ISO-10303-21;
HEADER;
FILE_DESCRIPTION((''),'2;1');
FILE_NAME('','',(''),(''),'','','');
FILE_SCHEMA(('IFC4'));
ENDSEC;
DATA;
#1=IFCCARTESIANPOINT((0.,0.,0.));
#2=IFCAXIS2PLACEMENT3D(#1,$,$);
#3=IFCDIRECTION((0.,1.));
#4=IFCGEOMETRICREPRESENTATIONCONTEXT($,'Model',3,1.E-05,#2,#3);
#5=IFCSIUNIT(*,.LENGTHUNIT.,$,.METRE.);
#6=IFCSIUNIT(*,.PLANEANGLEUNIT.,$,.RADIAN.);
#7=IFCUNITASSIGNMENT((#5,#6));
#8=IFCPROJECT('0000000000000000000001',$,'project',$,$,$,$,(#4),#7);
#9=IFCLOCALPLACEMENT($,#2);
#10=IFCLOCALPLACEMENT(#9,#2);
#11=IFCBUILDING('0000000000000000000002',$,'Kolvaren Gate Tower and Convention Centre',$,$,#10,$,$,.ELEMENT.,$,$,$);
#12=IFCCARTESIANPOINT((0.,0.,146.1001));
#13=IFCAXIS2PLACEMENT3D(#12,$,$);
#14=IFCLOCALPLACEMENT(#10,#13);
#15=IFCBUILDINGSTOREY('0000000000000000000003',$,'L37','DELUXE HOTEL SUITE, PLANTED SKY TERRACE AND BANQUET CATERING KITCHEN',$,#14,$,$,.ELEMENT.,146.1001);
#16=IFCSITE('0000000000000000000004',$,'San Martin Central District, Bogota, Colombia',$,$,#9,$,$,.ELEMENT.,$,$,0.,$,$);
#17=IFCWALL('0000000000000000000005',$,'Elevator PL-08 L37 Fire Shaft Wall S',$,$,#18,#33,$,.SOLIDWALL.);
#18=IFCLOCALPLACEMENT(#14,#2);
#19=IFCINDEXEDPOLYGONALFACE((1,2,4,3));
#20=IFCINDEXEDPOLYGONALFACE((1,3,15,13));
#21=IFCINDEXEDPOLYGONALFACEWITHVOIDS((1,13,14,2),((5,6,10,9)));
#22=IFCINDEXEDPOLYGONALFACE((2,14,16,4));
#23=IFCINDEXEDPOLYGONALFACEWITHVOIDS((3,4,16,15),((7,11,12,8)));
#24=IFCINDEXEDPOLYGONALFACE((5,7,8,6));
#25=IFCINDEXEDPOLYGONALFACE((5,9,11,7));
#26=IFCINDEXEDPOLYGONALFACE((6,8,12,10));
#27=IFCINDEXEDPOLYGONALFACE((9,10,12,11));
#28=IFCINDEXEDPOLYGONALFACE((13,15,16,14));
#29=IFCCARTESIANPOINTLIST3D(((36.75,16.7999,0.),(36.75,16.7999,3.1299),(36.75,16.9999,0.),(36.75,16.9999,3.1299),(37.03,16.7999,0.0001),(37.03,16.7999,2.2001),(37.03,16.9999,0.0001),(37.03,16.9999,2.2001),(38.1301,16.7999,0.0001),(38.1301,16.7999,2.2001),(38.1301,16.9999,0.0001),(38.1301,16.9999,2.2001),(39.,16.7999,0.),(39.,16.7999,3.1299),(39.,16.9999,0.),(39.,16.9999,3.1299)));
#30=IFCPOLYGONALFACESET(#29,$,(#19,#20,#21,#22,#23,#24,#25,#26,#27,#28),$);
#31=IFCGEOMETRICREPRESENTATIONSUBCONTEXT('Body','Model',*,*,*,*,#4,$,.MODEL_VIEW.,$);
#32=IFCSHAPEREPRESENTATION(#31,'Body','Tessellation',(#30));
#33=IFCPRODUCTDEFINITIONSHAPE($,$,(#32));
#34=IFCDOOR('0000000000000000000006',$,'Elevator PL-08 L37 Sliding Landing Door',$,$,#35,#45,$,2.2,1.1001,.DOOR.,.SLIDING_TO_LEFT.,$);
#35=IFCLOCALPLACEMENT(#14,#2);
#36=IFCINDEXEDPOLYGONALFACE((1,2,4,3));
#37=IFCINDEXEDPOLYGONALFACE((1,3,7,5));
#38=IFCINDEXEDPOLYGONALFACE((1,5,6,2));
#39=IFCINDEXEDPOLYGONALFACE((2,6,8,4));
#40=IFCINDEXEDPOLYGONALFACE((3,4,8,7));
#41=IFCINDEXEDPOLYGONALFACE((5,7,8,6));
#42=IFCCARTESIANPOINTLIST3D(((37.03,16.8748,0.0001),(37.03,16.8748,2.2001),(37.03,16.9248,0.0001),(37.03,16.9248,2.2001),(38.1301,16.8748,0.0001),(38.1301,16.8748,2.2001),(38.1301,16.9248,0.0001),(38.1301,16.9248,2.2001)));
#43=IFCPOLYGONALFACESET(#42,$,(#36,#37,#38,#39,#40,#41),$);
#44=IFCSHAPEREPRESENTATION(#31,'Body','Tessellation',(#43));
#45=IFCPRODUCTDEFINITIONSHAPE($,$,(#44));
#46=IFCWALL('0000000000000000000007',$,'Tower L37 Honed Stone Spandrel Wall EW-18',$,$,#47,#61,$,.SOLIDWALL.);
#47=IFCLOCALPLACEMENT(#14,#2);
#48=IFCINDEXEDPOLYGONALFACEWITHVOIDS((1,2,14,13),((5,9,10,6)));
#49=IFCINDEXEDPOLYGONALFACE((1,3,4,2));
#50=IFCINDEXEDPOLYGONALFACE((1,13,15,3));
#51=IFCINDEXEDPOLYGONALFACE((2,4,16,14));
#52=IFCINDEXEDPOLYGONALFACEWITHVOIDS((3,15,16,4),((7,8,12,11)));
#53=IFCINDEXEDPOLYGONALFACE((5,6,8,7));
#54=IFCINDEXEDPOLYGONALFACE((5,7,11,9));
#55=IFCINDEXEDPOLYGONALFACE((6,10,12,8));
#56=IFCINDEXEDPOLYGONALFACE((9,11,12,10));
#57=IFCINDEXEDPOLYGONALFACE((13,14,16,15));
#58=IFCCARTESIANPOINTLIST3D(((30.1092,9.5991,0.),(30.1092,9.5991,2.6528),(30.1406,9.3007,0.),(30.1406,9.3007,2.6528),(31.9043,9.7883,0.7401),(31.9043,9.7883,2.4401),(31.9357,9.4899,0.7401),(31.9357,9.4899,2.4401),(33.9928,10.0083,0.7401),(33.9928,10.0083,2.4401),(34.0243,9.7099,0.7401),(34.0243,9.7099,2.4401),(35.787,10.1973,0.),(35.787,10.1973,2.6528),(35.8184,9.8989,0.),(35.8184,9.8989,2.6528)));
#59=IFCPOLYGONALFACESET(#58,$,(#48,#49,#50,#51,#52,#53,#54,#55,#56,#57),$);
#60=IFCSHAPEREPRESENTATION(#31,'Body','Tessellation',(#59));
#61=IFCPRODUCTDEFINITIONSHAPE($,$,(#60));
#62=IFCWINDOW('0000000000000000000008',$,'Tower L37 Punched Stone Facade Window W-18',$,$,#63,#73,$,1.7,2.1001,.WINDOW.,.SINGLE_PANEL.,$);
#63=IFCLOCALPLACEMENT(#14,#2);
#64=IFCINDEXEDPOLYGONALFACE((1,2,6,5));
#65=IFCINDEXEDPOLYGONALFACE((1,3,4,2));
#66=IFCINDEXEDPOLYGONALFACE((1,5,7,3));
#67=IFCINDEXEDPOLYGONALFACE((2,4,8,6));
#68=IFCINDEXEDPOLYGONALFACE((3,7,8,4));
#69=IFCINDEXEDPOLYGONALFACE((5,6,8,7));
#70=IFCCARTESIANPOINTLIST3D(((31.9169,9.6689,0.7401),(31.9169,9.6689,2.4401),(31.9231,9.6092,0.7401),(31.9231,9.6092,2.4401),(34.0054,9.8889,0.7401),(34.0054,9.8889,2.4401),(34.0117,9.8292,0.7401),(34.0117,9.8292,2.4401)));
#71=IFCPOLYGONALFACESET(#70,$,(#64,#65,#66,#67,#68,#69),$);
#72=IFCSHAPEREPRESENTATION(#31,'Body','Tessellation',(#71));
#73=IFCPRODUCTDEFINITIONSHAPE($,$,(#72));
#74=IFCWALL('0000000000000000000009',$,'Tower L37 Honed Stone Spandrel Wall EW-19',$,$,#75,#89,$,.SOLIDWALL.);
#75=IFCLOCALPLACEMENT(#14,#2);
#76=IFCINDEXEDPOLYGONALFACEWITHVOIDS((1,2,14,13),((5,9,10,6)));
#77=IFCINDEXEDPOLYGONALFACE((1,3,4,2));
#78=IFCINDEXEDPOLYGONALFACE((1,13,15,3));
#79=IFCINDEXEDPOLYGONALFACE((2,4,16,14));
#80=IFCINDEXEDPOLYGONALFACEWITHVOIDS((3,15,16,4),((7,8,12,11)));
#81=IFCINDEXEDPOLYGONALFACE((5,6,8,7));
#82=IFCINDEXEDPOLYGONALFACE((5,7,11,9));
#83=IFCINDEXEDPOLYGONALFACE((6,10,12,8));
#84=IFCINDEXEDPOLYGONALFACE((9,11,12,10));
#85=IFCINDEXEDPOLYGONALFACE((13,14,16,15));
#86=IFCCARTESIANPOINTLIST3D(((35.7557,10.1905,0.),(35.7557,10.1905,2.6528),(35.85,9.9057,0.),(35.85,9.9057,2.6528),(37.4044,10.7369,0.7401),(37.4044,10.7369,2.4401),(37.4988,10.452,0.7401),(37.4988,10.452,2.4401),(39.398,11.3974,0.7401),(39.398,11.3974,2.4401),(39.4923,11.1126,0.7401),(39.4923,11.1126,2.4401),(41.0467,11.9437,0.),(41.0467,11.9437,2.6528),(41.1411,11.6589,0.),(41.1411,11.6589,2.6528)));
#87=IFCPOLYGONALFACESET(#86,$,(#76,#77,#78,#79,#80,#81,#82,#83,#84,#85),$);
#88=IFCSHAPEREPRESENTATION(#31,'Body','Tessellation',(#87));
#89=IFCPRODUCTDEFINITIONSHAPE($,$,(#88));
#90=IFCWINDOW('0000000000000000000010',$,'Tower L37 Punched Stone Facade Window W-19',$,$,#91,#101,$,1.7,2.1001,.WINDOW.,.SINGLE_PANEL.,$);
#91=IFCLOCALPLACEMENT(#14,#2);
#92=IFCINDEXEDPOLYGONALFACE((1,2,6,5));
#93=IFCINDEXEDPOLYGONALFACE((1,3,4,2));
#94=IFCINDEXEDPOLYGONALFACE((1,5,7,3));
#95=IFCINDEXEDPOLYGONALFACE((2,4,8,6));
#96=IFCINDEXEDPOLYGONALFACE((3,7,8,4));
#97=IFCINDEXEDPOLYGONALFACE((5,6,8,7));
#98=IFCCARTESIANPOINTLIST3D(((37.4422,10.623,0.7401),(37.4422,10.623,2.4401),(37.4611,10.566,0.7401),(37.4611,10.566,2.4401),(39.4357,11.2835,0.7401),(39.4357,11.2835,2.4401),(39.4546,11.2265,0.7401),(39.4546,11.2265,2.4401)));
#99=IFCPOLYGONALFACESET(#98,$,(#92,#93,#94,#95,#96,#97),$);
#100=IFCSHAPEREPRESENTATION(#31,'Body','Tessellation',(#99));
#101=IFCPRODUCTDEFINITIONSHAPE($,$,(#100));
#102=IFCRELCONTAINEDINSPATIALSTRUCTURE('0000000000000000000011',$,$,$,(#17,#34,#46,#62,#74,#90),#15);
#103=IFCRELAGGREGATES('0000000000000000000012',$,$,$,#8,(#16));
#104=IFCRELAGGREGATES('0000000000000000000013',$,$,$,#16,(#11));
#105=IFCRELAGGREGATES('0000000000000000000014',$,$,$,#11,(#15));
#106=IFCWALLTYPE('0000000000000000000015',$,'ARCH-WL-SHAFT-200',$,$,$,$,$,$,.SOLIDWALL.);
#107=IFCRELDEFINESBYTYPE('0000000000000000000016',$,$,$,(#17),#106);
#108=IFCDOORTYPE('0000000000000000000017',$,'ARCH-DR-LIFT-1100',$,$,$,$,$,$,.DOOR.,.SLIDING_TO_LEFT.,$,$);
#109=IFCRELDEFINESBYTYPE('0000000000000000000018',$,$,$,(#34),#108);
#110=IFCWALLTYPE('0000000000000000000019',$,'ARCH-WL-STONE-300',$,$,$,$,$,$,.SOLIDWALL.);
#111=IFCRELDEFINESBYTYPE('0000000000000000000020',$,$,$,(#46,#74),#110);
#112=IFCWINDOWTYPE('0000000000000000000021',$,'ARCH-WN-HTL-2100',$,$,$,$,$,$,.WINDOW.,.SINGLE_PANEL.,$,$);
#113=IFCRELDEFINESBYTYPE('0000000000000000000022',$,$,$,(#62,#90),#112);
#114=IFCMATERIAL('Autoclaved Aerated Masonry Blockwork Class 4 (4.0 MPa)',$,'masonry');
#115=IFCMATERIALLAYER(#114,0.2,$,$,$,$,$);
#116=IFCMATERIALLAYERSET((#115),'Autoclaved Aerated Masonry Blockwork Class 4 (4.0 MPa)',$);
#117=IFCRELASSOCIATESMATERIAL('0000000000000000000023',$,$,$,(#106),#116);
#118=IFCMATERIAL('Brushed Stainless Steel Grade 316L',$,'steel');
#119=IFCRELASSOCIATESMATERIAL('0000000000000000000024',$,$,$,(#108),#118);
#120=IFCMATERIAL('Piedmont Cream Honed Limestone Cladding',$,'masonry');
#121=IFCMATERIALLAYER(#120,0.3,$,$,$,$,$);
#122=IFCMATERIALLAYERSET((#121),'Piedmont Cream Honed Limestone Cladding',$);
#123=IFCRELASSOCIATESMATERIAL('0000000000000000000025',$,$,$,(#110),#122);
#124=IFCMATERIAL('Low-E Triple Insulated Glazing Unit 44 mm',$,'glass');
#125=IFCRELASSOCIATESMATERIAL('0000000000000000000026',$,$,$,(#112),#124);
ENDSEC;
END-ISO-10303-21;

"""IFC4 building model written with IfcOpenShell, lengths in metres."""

from ifc_helpers import new_model, si_unit, direction, frame, frame_2d, origin, place, context, subcontext, project, spatial, rectangle, extrude, material, layer, layer_set, type_object, element, fill, save


model = new_model("IFC4")

# Units and contexts
model_context = context("Model", 3, precision=1e-05, world=origin(), true_north=direction((0.0, 1.0)))
body_context = subcontext(model_context, "Body", "Model", "MODEL_VIEW")
ifc_project = project(units=[si_unit("LENGTHUNIT", "METRE"), si_unit("PLANEANGLEUNIT", "RADIAN")], contexts=[model_context])

# Site, building, storey
site_placement = place(None, origin())
site = spatial("IfcSite", under=ifc_project, at=site_placement, Name="San Martin Central District, Bogota, Colombia", CompositionType="ELEMENT", RefElevation=0.0)
building_placement = place(site_placement, origin())
building = spatial("IfcBuilding", under=site, at=building_placement, Name="Kolvaren Gate Tower and Convention Centre", CompositionType="ELEMENT")
storey_placement = place(building_placement, frame((0.0, 0.0, 146.1001)))
storey = spatial("IfcBuildingStorey", under=building, at=storey_placement, Name="L37", Description="DELUXE HOTEL SUITE, PLANTED SKY TERRACE AND BANQUET CATERING KITCHEN", CompositionType="ELEMENT", Elevation=146.1001)

# Wall, opening, door
ifc_material_1 = material(Name="Autoclaved Aerated Masonry Blockwork Class 4 (4.0 MPa)", Category="masonry")
ifc_layer_1 = layer(ifc_material_1, 0.2)
ifc_layer_set_1 = layer_set([ifc_layer_1], Name="Autoclaved Aerated Masonry Blockwork Class 4 (4.0 MPa)")
wall_type_1 = type_object("IfcWallType", Name="ARCH-WL-SHAFT-200", PredefinedType="SOLIDWALL", material=ifc_layer_set_1)
ifc_material_2 = material(Name="Brushed Stainless Steel Grade 316L", Category="steel")
door_type_1 = type_object("IfcDoorType", Name="ARCH-DR-LIFT-1100", OperationType="SLIDING_TO_LEFT", PredefinedType="DOOR", material=ifc_material_2)
wall_1_placement = place(storey_placement, frame((36.75, 16.8999, 0.0), z_axis=(0.0, 0.0, 1.0), x_axis=(1.0, 0.0, 0.0)))
wall_1 = element("IfcWall", 1, at=wall_1_placement, inside=storey, type_object=wall_type_1, Name="Elevator PL-08 L37 Fire Shaft Wall S", PredefinedType="SOLIDWALL", context=body_context, shape_type="SweptSolid", body=[
    extrude(rectangle(XDim=2.25, YDim=0.2, at=frame_2d((1.125, 0.0))), origin(), (0.0, 0.0, 1.0), 3.1299),
])
opening_1_placement = place(wall_1_placement, frame((0.28, 0.0, 0.0)))
opening_1 = element("IfcOpeningElement", 2, at=opening_1_placement, cuts=wall_1, PredefinedType="OPENING", context=body_context, shape_type="SweptSolid", body=[
    extrude(rectangle(XDim=1.1001, YDim=2.2, at=frame_2d((0.55, 1.1001))), frame((0.0, 0.1099, 0.0), z_axis=(0.0, -1.0, 0.0), x_axis=(1.0, 0.0, 0.0)), (0.0, 0.0, 1.0), 0.22),
])
door_1_placement = place(opening_1_placement, origin())
door_1 = element("IfcDoor", 3, at=door_1_placement, inside=storey, type_object=door_type_1, Name="Elevator PL-08 L37 Sliding Landing Door", OperationType="SLIDING_TO_LEFT", OverallHeight=2.2, OverallWidth=1.1001, PredefinedType="DOOR", context=body_context, shape_type="SweptSolid", body=[
    extrude(rectangle(XDim=1.1001, YDim=2.2, at=frame_2d((0.55, 1.1001))), frame((0.0, 0.0249, 0.0), z_axis=(0.0, -1.0, 0.0), x_axis=(1.0, 0.0, 0.0)), (0.0, 0.0, 1.0), 0.05),
])
fill(opening_1, door_1)

# Walls, openings, windows
ifc_material_3 = material(Name="Piedmont Cream Honed Limestone Cladding", Category="masonry")
ifc_layer_2 = layer(ifc_material_3, 0.3)
ifc_layer_set_2 = layer_set([ifc_layer_2], Name="Piedmont Cream Honed Limestone Cladding")
wall_type_2 = type_object("IfcWallType", Name="ARCH-WL-STONE-300", PredefinedType="SOLIDWALL", material=ifc_layer_set_2)
wall_2_placement = place(storey_placement, frame((30.125, 9.45, 0.0), z_axis=(0.0, 0.0, 1.0), x_axis=(0.994497, 0.104769, 0.0)))
wall_2 = element("IfcWall", 4, at=wall_2_placement, inside=storey, type_object=wall_type_2, Name="Tower L37 Honed Stone Spandrel Wall EW-18", PredefinedType="SOLIDWALL", context=body_context, shape_type="SweptSolid", body=[
    extrude(rectangle(XDim=5.7092, YDim=0.3, at=frame_2d((2.8545, 0.0))), origin(), (0.0, 0.0, 1.0), 2.6528),
])
opening_2_placement = place(wall_2_placement, frame((1.8049, 0.0, 0.74)))
opening_2 = element("IfcOpeningElement", 5, at=opening_2_placement, cuts=wall_2, PredefinedType="OPENING", context=body_context, shape_type="SweptSolid", body=[
    extrude(rectangle(XDim=2.1001, YDim=1.7, at=frame_2d((1.05, 0.8501))), frame((0.0, 0.1599, 0.0), z_axis=(0.0, -1.0, 0.0), x_axis=(1.0, 0.0, 0.0)), (0.0, 0.0, 1.0), 0.3201),
])
ifc_material_4 = material(Name="Low-E Triple Insulated Glazing Unit 44 mm", Category="glass")
window_type = type_object("IfcWindowType", Name="ARCH-WN-HTL-2100", PartitioningType="SINGLE_PANEL", PredefinedType="WINDOW", material=ifc_material_4)
window_1_placement = place(opening_2_placement, origin())
window_1 = element("IfcWindow", 6, at=window_1_placement, inside=storey, type_object=window_type, Name="Tower L37 Punched Stone Facade Window W-18", OverallHeight=1.7, OverallWidth=2.1001, PartitioningType="SINGLE_PANEL", PredefinedType="WINDOW", context=body_context, shape_type="SweptSolid", body=[
    extrude(rectangle(XDim=2.1001, YDim=1.7, at=frame_2d((1.05, 0.8501))), frame((0.0, 0.03, 0.0), z_axis=(0.0, -1.0, 0.0), x_axis=(1.0, 0.0, 0.0)), (0.0, 0.0, 1.0), 0.0601),
])
fill(opening_2, window_1)
wall_3_placement = place(storey_placement, frame((35.8027, 10.0481, 0.0), z_axis=(0.0, 0.0, 1.0), x_axis=(0.949247, 0.314532, 0.0)))
wall_3 = element("IfcWall", 7, at=wall_3_placement, inside=storey, type_object=wall_type_2, Name="Tower L37 Honed Stone Spandrel Wall EW-19", PredefinedType="SOLIDWALL", context=body_context, shape_type="SweptSolid", body=[
    extrude(rectangle(XDim=5.574, YDim=0.3, at=frame_2d((2.7871, 0.0))), origin(), (0.0, 0.0, 1.0), 2.6528),
])
opening_3_placement = place(wall_3_placement, frame((1.7371, 0.0, 0.74)))
opening_3 = element("IfcOpeningElement", 8, at=opening_3_placement, cuts=wall_3, PredefinedType="OPENING", context=body_context, shape_type="SweptSolid", body=[
    extrude(rectangle(XDim=2.1001, YDim=1.7, at=frame_2d((1.05, 0.8501))), frame((0.0, 0.1599, 0.0), z_axis=(0.0, -1.0, 0.0), x_axis=(1.0, 0.0, 0.0)), (0.0, 0.0, 1.0), 0.3201),
])
window_2_placement = place(opening_3_placement, origin())
window_2 = element("IfcWindow", 9, at=window_2_placement, inside=storey, type_object=window_type, Name="Tower L37 Punched Stone Facade Window W-19", OverallHeight=1.7, OverallWidth=2.1001, PartitioningType="SINGLE_PANEL", PredefinedType="WINDOW", context=body_context, shape_type="SweptSolid", body=[
    extrude(rectangle(XDim=2.1001, YDim=1.7, at=frame_2d((1.05, 0.8501))), frame((0.0, 0.03, 0.0), z_axis=(0.0, -1.0, 0.0), x_axis=(1.0, 0.0, 0.0)), (0.0, 0.0, 1.0), 0.0601),
])
fill(opening_3, window_2)

save(model, "model.ifc")
